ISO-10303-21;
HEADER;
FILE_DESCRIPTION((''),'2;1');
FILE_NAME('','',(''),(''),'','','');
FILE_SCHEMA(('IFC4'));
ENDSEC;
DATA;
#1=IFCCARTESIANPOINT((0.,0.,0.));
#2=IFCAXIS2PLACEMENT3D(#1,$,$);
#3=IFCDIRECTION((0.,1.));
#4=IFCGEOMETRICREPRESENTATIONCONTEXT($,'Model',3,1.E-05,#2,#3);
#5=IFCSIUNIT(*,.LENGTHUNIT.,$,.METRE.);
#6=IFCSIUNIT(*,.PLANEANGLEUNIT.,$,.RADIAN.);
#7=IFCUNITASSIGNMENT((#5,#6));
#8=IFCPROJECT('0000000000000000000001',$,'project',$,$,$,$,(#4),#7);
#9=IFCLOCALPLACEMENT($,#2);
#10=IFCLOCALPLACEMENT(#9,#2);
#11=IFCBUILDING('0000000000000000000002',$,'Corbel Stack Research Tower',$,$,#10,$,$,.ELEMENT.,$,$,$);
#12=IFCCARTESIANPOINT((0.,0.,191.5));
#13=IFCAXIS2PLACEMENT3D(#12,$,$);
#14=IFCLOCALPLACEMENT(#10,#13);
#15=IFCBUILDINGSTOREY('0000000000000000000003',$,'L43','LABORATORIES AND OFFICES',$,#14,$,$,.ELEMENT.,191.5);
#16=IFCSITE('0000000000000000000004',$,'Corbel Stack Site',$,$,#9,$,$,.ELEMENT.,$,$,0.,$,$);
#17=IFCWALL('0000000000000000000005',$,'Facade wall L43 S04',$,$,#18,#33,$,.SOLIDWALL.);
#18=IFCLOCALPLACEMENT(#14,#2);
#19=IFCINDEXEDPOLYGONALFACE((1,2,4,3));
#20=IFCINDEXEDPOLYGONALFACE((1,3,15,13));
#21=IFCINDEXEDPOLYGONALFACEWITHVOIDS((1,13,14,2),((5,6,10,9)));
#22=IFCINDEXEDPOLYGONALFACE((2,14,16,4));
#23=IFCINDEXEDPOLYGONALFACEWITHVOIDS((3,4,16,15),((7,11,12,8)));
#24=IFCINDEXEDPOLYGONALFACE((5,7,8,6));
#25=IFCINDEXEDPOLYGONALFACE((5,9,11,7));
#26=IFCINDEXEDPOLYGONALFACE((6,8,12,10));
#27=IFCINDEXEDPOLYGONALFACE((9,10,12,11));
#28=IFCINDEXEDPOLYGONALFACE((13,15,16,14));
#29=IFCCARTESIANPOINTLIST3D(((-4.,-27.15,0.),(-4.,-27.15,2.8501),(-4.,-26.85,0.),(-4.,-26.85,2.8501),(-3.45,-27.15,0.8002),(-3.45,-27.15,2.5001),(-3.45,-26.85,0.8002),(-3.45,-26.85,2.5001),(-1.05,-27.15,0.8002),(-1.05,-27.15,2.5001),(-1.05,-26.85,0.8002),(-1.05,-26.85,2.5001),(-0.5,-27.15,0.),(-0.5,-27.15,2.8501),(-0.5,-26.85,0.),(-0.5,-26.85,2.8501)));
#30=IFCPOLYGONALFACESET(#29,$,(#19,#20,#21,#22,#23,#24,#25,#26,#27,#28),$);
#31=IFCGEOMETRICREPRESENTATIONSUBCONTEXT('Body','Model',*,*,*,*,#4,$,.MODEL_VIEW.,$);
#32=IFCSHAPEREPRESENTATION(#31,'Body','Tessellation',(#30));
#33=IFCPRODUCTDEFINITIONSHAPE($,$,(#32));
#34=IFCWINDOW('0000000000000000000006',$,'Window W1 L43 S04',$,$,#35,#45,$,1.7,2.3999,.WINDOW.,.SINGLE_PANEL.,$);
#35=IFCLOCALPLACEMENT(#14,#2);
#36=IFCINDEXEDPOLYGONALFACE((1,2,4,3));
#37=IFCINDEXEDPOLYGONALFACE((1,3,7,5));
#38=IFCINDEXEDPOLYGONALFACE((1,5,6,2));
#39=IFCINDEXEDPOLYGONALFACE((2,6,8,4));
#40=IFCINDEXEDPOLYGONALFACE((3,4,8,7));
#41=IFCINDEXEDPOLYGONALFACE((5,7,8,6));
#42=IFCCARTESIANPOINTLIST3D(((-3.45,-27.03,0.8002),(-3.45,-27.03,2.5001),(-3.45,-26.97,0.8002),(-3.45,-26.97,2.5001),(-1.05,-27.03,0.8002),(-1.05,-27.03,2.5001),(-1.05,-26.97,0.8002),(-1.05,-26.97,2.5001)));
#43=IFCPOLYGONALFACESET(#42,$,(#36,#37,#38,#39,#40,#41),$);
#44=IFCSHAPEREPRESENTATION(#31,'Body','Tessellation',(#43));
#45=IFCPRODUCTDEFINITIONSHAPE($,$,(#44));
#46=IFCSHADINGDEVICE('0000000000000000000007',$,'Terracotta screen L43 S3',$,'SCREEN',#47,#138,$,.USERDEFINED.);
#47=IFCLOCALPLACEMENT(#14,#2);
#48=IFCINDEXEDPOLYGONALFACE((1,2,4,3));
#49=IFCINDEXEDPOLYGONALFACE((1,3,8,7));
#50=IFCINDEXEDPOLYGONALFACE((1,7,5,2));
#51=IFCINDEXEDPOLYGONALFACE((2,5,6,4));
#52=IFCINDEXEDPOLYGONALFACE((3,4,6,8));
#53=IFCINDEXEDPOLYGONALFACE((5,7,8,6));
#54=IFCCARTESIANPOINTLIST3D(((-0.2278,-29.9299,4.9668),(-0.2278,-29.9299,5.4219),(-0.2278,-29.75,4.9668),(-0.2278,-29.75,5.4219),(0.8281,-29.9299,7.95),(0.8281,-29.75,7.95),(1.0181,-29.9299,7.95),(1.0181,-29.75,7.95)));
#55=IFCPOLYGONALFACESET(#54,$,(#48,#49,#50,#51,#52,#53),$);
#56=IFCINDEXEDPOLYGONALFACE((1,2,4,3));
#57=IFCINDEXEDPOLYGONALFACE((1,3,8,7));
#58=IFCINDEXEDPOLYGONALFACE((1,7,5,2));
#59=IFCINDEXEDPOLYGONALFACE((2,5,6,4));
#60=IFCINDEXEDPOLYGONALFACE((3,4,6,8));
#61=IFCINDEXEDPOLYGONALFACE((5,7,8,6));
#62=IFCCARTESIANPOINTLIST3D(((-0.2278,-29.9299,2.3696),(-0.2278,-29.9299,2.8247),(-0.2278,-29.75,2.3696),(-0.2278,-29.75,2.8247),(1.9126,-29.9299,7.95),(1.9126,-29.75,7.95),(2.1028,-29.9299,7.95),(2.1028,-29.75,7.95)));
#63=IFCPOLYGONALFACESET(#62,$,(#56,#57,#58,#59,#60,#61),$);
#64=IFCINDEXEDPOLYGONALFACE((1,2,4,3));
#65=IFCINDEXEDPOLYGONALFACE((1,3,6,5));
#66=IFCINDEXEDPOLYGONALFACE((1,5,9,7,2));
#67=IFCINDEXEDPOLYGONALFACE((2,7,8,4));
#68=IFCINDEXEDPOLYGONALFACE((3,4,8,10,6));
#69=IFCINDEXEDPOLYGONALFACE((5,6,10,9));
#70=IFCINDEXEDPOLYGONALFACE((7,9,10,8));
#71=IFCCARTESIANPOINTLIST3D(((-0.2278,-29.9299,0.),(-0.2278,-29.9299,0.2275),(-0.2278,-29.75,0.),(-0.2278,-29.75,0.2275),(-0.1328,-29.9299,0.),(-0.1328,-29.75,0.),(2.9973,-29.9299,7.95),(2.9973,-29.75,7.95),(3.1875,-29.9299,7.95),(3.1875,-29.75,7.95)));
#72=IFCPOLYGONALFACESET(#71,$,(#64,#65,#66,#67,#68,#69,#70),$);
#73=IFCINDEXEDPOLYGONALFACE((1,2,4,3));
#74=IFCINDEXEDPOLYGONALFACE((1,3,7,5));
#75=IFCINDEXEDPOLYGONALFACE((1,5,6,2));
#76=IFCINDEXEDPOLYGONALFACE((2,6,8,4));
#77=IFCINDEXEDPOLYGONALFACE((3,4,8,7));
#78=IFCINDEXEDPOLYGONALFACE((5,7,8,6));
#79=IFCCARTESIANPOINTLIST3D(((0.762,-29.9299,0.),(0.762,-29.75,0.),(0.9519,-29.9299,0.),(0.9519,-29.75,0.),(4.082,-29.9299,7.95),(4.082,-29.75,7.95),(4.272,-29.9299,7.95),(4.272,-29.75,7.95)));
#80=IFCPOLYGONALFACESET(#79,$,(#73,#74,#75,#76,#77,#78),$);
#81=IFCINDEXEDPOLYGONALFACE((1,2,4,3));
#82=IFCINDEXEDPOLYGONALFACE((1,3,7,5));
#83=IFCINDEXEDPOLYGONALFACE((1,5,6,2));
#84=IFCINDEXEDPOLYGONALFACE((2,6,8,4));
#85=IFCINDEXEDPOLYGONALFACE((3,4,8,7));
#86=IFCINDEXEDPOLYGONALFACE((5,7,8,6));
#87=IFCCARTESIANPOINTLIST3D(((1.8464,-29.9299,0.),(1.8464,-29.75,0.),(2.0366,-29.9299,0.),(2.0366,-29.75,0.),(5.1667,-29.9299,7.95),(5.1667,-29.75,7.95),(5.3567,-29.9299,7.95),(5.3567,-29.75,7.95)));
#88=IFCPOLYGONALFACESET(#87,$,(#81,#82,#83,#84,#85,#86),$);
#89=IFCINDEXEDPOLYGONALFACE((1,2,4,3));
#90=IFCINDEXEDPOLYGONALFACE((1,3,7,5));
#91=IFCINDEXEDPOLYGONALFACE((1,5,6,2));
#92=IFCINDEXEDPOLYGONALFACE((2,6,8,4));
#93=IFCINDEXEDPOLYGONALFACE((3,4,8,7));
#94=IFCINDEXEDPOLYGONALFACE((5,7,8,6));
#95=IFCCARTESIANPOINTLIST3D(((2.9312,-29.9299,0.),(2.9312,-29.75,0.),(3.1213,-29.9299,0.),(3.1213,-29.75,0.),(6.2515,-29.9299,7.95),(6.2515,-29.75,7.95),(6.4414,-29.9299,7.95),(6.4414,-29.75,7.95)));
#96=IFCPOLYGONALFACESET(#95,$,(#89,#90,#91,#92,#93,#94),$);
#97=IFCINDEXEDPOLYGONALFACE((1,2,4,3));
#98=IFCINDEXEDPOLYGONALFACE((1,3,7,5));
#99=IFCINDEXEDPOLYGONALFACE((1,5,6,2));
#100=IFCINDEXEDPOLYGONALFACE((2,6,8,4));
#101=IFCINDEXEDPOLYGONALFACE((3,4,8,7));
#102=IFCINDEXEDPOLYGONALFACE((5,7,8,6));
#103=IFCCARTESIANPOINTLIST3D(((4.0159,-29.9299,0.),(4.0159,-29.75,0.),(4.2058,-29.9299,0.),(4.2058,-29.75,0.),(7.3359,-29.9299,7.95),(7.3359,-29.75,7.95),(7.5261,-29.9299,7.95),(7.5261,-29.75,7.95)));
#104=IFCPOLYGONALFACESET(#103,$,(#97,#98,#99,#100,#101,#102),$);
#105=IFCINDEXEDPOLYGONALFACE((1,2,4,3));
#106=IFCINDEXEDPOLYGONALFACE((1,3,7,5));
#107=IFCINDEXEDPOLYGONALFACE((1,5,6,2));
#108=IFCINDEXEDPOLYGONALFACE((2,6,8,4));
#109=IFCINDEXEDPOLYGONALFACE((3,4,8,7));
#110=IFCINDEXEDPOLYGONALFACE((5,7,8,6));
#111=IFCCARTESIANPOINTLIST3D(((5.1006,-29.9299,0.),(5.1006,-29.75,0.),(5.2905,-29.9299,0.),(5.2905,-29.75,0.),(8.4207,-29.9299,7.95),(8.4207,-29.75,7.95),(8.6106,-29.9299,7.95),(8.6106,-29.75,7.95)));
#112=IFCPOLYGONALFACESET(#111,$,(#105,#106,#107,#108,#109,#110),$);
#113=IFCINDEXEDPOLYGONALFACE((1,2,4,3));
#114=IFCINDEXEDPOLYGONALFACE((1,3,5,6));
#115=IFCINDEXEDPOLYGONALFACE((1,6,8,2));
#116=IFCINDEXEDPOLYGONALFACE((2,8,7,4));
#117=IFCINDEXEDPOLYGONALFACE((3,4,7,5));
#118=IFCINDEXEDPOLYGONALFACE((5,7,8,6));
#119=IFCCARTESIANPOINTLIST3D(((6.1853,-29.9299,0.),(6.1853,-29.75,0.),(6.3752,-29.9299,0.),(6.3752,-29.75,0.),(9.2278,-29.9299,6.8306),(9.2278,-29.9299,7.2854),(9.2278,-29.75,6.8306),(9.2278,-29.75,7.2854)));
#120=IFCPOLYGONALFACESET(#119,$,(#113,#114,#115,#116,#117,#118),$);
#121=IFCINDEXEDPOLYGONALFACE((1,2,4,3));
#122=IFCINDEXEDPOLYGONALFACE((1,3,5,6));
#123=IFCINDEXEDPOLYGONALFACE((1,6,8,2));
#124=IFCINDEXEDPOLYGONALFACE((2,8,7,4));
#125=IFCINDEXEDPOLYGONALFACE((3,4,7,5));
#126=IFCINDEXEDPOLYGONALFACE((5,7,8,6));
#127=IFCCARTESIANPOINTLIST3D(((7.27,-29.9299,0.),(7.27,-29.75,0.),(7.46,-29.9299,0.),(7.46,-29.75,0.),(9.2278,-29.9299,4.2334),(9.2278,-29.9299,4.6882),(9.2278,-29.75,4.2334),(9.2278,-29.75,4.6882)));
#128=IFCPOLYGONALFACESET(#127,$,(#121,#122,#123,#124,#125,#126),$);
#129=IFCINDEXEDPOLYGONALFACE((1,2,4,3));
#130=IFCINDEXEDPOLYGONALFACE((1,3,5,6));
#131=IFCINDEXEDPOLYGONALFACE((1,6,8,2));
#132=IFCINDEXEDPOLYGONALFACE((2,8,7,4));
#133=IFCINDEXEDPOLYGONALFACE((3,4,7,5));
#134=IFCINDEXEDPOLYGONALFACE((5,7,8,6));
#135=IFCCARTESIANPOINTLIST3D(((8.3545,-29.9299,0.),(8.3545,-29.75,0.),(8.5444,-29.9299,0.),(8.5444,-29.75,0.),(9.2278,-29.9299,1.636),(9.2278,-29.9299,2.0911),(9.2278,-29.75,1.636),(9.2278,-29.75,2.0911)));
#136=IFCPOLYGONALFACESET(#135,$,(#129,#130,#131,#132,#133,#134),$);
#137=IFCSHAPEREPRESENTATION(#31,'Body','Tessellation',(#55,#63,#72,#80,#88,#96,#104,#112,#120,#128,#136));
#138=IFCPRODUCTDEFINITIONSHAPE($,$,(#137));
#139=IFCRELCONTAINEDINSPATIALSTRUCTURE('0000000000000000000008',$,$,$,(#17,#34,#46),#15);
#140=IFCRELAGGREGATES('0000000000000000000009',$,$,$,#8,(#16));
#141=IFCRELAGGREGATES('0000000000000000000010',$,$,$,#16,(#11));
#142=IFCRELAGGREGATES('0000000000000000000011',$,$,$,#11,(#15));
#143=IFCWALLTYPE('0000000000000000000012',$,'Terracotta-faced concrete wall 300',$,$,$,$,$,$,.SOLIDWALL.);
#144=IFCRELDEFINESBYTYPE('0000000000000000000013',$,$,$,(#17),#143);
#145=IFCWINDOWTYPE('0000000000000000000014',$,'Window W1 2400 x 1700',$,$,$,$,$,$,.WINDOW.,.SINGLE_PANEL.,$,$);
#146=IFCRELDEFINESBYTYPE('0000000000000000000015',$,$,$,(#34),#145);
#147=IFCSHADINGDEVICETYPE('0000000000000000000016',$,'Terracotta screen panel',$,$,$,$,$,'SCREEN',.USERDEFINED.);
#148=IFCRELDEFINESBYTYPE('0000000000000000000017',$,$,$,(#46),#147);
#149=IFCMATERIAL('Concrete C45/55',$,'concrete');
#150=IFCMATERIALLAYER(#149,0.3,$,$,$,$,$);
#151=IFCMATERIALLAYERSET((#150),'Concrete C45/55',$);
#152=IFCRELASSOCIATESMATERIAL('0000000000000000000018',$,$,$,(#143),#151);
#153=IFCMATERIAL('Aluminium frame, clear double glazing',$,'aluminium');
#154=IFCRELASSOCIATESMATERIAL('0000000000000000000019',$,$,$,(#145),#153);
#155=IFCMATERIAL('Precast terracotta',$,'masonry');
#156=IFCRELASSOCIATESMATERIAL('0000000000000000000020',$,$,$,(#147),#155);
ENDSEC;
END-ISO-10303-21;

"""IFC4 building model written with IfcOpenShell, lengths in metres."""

from ifc_helpers import new_model, si_unit, direction, frame, frame_2d, origin, place, context, subcontext, project, spatial, polyline, rectangle, outline, extrude, source, transform, mapped, material, layer, layer_set, type_object, element, fill, save


model = new_model("IFC4")

# Units and contexts
model_context = context("Model", 3, precision=1e-05, world=origin(), true_north=direction((0.0, 1.0)))
body_context = subcontext(model_context, "Body", "Model", "MODEL_VIEW")
ifc_project = project(units=[si_unit("LENGTHUNIT", "METRE"), si_unit("PLANEANGLEUNIT", "RADIAN")], contexts=[model_context])

# Site, building, storey
site_placement = place(None, origin())
site = spatial("IfcSite", under=ifc_project, at=site_placement, Name="Corbel Stack Site", CompositionType="ELEMENT", RefElevation=0.0)
building_placement = place(site_placement, origin())
building = spatial("IfcBuilding", under=site, at=building_placement, Name="Corbel Stack Research Tower", CompositionType="ELEMENT")
storey_placement = place(building_placement, frame((0.0, 0.0, 191.5)))
storey = spatial("IfcBuildingStorey", under=building, at=storey_placement, Name="L43", Description="LABORATORIES AND OFFICES", CompositionType="ELEMENT", Elevation=191.5)

# Shared definitions
ifc_material_1 = material(Name="Concrete C45/55", Category="concrete")
ifc_layer_1 = layer(ifc_material_1, 0.3)
ifc_layer_set_1 = layer_set([ifc_layer_1], Name="Concrete C45/55")
wall_type_1 = type_object("IfcWallType", Name="Terracotta-faced concrete wall 300", PredefinedType="SOLIDWALL", material=ifc_layer_set_1)
ifc_material_2 = material(Name="Aluminium frame, clear double glazing", Category="aluminium")
window_type = type_object("IfcWindowType", Name="Window W1 2400 x 1700", PartitioningType="SINGLE_PANEL", PredefinedType="WINDOW", material=ifc_material_2)

# Wall, opening, window
wall_1_placement = place(storey_placement, frame((-0.5, -27.0, 0.0), z_axis=(0.0, 0.0, 1.0), x_axis=(-1.0, 0.0, 0.0)))
wall_1 = element("IfcWall", 1, at=wall_1_placement, inside=storey, type_object=wall_type_1, Name="Facade wall L43 S04", PredefinedType="SOLIDWALL", context=body_context, shape_type="SweptSolid", body=[
    extrude(rectangle(XDim=3.5, YDim=0.3, at=frame_2d((1.75, 0.0))), origin(), (0.0, 0.0, 1.0), 2.8501),
])
opening_1_placement = place(wall_1_placement, frame((0.55, 0.0, 0.8)))
opening_1 = element("IfcOpeningElement", 2, at=opening_1_placement, cuts=wall_1, PredefinedType="OPENING", context=body_context, shape_type="SweptSolid", body=[
    extrude(rectangle(XDim=2.3999, YDim=1.7, at=frame_2d((1.2, 0.8501))), frame((0.0, 0.1599, 0.0), z_axis=(0.0, -1.0, 0.0), x_axis=(1.0, 0.0, 0.0)), (0.0, 0.0, 1.0), 0.3201),
])
window_1_placement = place(opening_1_placement, origin())
window_1 = element("IfcWindow", 3, at=window_1_placement, inside=storey, type_object=window_type, Name="Window W1 L43 S04", OverallHeight=1.7, OverallWidth=2.3999, PartitioningType="SINGLE_PANEL", PredefinedType="WINDOW", context=body_context, shape_type="SweptSolid", body=[
    extrude(rectangle(XDim=2.3999, YDim=1.7, at=frame_2d((1.2, 0.8501))), frame((0.0, 0.03, 0.0), z_axis=(0.0, -1.0, 0.0), x_axis=(1.0, 0.0, 0.0)), (0.0, 0.0, 1.0), 0.0601),
])
fill(opening_1, window_1)

# Shading device
ifc_material_3 = material(Name="Precast terracotta", Category="masonry")
shading_device_type = type_object("IfcShadingDeviceType", Name="Terracotta screen panel", ElementType="SCREEN", PredefinedType="USERDEFINED", material=ifc_material_3)
shared_shape_1 = source(origin(), body_context, "Body", "SweptSolid", [
    extrude(outline(polyline([(1.2458, 7.95), (1.0559, 7.95), (0.0, 5.4219), (0.0, 4.9668), (1.2458, 7.95)])), frame((0.0, 0.0, 0.0), z_axis=(0.0, -1.0, 0.0), x_axis=(1.0, 0.0, 0.0)), (0.0, 0.0, 1.0), 0.1799),
    extrude(outline(polyline([(2.3306, 7.95), (2.1404, 7.95), (0.0, 2.8247), (0.0, 2.3696), (2.3306, 7.95)])), frame((0.0, 0.0, 0.0), z_axis=(0.0, -1.0, 0.0), x_axis=(1.0, 0.0, 0.0)), (0.0, 0.0, 1.0), 0.1799),
    extrude(outline(polyline([(0.095, 0.0), (3.4153, 7.95), (3.2251, 7.95), (0.0, 0.2275), (0.0, 0.0), (0.095, 0.0)])), frame((0.0, 0.0, 0.0), z_axis=(0.0, -1.0, 0.0), x_axis=(1.0, 0.0, 0.0)), (0.0, 0.0, 1.0), 0.1799),
    extrude(outline(polyline([(1.1797, 0.0), (4.4998, 7.95), (4.3098, 7.95), (0.9897, 0.0), (1.1797, 0.0)])), frame((0.0, 0.0, 0.0), z_axis=(0.0, -1.0, 0.0), x_axis=(1.0, 0.0, 0.0)), (0.0, 0.0, 1.0), 0.1799),
    extrude(outline(polyline([(2.2644, 0.0), (5.5845, 7.95), (5.3945, 7.95), (2.0742, 0.0), (2.2644, 0.0)])), frame((0.0, 0.0, 0.0), z_axis=(0.0, -1.0, 0.0), x_axis=(1.0, 0.0, 0.0)), (0.0, 0.0, 1.0), 0.1799),
    extrude(outline(polyline([(3.3491, 0.0), (6.6692, 7.95), (6.4792, 7.95), (3.1589, 0.0), (3.3491, 0.0)])), frame((0.0, 0.0, 0.0), z_axis=(0.0, -1.0, 0.0), x_axis=(1.0, 0.0, 0.0)), (0.0, 0.0, 1.0), 0.1799),
    extrude(outline(polyline([(4.4336, 0.0), (7.7539, 7.95), (7.5637, 7.95), (4.2437, 0.0), (4.4336, 0.0)])), frame((0.0, 0.0, 0.0), z_axis=(0.0, -1.0, 0.0), x_axis=(1.0, 0.0, 0.0)), (0.0, 0.0, 1.0), 0.1799),
    extrude(outline(polyline([(5.5183, 0.0), (8.8384, 7.95), (8.6484, 7.95), (5.3284, 0.0), (5.5183, 0.0)])), frame((0.0, 0.0, 0.0), z_axis=(0.0, -1.0, 0.0), x_axis=(1.0, 0.0, 0.0)), (0.0, 0.0, 1.0), 0.1799),
    extrude(outline(polyline([(6.603, 0.0), (9.4556, 6.8306), (9.4556, 7.2854), (6.4131, 0.0), (6.603, 0.0)])), frame((0.0, 0.0, 0.0), z_axis=(0.0, -1.0, 0.0), x_axis=(1.0, 0.0, 0.0)), (0.0, 0.0, 1.0), 0.1799),
    extrude(outline(polyline([(7.6877, 0.0), (9.4556, 4.2334), (9.4556, 4.6882), (7.4978, 0.0), (7.6877, 0.0)])), frame((0.0, 0.0, 0.0), z_axis=(0.0, -1.0, 0.0), x_axis=(1.0, 0.0, 0.0)), (0.0, 0.0, 1.0), 0.1799),
    extrude(outline(polyline([(8.7722, 0.0), (9.4556, 1.636), (9.4556, 2.0911), (8.5823, 0.0), (8.7722, 0.0)])), frame((0.0, 0.0, 0.0), z_axis=(0.0, -1.0, 0.0), x_axis=(1.0, 0.0, 0.0)), (0.0, 0.0, 1.0), 0.1799),
])
shading_device_1_placement = place(storey_placement, frame((-0.2278, -29.75, 0.0), z_axis=(0.0, 0.0, 1.0), x_axis=(1.0, 0.0, 0.0)))
element("IfcShadingDevice", 4, at=shading_device_1_placement, inside=storey, type_object=shading_device_type, Name="Terracotta screen L43 S3", ObjectType="SCREEN", PredefinedType="USERDEFINED", context=body_context, shape_type="MappedRepresentation", body=[
    mapped(shared_shape_1, transform((0.0, 0.0, 0.0))),
])

save(model, "model.ifc")
